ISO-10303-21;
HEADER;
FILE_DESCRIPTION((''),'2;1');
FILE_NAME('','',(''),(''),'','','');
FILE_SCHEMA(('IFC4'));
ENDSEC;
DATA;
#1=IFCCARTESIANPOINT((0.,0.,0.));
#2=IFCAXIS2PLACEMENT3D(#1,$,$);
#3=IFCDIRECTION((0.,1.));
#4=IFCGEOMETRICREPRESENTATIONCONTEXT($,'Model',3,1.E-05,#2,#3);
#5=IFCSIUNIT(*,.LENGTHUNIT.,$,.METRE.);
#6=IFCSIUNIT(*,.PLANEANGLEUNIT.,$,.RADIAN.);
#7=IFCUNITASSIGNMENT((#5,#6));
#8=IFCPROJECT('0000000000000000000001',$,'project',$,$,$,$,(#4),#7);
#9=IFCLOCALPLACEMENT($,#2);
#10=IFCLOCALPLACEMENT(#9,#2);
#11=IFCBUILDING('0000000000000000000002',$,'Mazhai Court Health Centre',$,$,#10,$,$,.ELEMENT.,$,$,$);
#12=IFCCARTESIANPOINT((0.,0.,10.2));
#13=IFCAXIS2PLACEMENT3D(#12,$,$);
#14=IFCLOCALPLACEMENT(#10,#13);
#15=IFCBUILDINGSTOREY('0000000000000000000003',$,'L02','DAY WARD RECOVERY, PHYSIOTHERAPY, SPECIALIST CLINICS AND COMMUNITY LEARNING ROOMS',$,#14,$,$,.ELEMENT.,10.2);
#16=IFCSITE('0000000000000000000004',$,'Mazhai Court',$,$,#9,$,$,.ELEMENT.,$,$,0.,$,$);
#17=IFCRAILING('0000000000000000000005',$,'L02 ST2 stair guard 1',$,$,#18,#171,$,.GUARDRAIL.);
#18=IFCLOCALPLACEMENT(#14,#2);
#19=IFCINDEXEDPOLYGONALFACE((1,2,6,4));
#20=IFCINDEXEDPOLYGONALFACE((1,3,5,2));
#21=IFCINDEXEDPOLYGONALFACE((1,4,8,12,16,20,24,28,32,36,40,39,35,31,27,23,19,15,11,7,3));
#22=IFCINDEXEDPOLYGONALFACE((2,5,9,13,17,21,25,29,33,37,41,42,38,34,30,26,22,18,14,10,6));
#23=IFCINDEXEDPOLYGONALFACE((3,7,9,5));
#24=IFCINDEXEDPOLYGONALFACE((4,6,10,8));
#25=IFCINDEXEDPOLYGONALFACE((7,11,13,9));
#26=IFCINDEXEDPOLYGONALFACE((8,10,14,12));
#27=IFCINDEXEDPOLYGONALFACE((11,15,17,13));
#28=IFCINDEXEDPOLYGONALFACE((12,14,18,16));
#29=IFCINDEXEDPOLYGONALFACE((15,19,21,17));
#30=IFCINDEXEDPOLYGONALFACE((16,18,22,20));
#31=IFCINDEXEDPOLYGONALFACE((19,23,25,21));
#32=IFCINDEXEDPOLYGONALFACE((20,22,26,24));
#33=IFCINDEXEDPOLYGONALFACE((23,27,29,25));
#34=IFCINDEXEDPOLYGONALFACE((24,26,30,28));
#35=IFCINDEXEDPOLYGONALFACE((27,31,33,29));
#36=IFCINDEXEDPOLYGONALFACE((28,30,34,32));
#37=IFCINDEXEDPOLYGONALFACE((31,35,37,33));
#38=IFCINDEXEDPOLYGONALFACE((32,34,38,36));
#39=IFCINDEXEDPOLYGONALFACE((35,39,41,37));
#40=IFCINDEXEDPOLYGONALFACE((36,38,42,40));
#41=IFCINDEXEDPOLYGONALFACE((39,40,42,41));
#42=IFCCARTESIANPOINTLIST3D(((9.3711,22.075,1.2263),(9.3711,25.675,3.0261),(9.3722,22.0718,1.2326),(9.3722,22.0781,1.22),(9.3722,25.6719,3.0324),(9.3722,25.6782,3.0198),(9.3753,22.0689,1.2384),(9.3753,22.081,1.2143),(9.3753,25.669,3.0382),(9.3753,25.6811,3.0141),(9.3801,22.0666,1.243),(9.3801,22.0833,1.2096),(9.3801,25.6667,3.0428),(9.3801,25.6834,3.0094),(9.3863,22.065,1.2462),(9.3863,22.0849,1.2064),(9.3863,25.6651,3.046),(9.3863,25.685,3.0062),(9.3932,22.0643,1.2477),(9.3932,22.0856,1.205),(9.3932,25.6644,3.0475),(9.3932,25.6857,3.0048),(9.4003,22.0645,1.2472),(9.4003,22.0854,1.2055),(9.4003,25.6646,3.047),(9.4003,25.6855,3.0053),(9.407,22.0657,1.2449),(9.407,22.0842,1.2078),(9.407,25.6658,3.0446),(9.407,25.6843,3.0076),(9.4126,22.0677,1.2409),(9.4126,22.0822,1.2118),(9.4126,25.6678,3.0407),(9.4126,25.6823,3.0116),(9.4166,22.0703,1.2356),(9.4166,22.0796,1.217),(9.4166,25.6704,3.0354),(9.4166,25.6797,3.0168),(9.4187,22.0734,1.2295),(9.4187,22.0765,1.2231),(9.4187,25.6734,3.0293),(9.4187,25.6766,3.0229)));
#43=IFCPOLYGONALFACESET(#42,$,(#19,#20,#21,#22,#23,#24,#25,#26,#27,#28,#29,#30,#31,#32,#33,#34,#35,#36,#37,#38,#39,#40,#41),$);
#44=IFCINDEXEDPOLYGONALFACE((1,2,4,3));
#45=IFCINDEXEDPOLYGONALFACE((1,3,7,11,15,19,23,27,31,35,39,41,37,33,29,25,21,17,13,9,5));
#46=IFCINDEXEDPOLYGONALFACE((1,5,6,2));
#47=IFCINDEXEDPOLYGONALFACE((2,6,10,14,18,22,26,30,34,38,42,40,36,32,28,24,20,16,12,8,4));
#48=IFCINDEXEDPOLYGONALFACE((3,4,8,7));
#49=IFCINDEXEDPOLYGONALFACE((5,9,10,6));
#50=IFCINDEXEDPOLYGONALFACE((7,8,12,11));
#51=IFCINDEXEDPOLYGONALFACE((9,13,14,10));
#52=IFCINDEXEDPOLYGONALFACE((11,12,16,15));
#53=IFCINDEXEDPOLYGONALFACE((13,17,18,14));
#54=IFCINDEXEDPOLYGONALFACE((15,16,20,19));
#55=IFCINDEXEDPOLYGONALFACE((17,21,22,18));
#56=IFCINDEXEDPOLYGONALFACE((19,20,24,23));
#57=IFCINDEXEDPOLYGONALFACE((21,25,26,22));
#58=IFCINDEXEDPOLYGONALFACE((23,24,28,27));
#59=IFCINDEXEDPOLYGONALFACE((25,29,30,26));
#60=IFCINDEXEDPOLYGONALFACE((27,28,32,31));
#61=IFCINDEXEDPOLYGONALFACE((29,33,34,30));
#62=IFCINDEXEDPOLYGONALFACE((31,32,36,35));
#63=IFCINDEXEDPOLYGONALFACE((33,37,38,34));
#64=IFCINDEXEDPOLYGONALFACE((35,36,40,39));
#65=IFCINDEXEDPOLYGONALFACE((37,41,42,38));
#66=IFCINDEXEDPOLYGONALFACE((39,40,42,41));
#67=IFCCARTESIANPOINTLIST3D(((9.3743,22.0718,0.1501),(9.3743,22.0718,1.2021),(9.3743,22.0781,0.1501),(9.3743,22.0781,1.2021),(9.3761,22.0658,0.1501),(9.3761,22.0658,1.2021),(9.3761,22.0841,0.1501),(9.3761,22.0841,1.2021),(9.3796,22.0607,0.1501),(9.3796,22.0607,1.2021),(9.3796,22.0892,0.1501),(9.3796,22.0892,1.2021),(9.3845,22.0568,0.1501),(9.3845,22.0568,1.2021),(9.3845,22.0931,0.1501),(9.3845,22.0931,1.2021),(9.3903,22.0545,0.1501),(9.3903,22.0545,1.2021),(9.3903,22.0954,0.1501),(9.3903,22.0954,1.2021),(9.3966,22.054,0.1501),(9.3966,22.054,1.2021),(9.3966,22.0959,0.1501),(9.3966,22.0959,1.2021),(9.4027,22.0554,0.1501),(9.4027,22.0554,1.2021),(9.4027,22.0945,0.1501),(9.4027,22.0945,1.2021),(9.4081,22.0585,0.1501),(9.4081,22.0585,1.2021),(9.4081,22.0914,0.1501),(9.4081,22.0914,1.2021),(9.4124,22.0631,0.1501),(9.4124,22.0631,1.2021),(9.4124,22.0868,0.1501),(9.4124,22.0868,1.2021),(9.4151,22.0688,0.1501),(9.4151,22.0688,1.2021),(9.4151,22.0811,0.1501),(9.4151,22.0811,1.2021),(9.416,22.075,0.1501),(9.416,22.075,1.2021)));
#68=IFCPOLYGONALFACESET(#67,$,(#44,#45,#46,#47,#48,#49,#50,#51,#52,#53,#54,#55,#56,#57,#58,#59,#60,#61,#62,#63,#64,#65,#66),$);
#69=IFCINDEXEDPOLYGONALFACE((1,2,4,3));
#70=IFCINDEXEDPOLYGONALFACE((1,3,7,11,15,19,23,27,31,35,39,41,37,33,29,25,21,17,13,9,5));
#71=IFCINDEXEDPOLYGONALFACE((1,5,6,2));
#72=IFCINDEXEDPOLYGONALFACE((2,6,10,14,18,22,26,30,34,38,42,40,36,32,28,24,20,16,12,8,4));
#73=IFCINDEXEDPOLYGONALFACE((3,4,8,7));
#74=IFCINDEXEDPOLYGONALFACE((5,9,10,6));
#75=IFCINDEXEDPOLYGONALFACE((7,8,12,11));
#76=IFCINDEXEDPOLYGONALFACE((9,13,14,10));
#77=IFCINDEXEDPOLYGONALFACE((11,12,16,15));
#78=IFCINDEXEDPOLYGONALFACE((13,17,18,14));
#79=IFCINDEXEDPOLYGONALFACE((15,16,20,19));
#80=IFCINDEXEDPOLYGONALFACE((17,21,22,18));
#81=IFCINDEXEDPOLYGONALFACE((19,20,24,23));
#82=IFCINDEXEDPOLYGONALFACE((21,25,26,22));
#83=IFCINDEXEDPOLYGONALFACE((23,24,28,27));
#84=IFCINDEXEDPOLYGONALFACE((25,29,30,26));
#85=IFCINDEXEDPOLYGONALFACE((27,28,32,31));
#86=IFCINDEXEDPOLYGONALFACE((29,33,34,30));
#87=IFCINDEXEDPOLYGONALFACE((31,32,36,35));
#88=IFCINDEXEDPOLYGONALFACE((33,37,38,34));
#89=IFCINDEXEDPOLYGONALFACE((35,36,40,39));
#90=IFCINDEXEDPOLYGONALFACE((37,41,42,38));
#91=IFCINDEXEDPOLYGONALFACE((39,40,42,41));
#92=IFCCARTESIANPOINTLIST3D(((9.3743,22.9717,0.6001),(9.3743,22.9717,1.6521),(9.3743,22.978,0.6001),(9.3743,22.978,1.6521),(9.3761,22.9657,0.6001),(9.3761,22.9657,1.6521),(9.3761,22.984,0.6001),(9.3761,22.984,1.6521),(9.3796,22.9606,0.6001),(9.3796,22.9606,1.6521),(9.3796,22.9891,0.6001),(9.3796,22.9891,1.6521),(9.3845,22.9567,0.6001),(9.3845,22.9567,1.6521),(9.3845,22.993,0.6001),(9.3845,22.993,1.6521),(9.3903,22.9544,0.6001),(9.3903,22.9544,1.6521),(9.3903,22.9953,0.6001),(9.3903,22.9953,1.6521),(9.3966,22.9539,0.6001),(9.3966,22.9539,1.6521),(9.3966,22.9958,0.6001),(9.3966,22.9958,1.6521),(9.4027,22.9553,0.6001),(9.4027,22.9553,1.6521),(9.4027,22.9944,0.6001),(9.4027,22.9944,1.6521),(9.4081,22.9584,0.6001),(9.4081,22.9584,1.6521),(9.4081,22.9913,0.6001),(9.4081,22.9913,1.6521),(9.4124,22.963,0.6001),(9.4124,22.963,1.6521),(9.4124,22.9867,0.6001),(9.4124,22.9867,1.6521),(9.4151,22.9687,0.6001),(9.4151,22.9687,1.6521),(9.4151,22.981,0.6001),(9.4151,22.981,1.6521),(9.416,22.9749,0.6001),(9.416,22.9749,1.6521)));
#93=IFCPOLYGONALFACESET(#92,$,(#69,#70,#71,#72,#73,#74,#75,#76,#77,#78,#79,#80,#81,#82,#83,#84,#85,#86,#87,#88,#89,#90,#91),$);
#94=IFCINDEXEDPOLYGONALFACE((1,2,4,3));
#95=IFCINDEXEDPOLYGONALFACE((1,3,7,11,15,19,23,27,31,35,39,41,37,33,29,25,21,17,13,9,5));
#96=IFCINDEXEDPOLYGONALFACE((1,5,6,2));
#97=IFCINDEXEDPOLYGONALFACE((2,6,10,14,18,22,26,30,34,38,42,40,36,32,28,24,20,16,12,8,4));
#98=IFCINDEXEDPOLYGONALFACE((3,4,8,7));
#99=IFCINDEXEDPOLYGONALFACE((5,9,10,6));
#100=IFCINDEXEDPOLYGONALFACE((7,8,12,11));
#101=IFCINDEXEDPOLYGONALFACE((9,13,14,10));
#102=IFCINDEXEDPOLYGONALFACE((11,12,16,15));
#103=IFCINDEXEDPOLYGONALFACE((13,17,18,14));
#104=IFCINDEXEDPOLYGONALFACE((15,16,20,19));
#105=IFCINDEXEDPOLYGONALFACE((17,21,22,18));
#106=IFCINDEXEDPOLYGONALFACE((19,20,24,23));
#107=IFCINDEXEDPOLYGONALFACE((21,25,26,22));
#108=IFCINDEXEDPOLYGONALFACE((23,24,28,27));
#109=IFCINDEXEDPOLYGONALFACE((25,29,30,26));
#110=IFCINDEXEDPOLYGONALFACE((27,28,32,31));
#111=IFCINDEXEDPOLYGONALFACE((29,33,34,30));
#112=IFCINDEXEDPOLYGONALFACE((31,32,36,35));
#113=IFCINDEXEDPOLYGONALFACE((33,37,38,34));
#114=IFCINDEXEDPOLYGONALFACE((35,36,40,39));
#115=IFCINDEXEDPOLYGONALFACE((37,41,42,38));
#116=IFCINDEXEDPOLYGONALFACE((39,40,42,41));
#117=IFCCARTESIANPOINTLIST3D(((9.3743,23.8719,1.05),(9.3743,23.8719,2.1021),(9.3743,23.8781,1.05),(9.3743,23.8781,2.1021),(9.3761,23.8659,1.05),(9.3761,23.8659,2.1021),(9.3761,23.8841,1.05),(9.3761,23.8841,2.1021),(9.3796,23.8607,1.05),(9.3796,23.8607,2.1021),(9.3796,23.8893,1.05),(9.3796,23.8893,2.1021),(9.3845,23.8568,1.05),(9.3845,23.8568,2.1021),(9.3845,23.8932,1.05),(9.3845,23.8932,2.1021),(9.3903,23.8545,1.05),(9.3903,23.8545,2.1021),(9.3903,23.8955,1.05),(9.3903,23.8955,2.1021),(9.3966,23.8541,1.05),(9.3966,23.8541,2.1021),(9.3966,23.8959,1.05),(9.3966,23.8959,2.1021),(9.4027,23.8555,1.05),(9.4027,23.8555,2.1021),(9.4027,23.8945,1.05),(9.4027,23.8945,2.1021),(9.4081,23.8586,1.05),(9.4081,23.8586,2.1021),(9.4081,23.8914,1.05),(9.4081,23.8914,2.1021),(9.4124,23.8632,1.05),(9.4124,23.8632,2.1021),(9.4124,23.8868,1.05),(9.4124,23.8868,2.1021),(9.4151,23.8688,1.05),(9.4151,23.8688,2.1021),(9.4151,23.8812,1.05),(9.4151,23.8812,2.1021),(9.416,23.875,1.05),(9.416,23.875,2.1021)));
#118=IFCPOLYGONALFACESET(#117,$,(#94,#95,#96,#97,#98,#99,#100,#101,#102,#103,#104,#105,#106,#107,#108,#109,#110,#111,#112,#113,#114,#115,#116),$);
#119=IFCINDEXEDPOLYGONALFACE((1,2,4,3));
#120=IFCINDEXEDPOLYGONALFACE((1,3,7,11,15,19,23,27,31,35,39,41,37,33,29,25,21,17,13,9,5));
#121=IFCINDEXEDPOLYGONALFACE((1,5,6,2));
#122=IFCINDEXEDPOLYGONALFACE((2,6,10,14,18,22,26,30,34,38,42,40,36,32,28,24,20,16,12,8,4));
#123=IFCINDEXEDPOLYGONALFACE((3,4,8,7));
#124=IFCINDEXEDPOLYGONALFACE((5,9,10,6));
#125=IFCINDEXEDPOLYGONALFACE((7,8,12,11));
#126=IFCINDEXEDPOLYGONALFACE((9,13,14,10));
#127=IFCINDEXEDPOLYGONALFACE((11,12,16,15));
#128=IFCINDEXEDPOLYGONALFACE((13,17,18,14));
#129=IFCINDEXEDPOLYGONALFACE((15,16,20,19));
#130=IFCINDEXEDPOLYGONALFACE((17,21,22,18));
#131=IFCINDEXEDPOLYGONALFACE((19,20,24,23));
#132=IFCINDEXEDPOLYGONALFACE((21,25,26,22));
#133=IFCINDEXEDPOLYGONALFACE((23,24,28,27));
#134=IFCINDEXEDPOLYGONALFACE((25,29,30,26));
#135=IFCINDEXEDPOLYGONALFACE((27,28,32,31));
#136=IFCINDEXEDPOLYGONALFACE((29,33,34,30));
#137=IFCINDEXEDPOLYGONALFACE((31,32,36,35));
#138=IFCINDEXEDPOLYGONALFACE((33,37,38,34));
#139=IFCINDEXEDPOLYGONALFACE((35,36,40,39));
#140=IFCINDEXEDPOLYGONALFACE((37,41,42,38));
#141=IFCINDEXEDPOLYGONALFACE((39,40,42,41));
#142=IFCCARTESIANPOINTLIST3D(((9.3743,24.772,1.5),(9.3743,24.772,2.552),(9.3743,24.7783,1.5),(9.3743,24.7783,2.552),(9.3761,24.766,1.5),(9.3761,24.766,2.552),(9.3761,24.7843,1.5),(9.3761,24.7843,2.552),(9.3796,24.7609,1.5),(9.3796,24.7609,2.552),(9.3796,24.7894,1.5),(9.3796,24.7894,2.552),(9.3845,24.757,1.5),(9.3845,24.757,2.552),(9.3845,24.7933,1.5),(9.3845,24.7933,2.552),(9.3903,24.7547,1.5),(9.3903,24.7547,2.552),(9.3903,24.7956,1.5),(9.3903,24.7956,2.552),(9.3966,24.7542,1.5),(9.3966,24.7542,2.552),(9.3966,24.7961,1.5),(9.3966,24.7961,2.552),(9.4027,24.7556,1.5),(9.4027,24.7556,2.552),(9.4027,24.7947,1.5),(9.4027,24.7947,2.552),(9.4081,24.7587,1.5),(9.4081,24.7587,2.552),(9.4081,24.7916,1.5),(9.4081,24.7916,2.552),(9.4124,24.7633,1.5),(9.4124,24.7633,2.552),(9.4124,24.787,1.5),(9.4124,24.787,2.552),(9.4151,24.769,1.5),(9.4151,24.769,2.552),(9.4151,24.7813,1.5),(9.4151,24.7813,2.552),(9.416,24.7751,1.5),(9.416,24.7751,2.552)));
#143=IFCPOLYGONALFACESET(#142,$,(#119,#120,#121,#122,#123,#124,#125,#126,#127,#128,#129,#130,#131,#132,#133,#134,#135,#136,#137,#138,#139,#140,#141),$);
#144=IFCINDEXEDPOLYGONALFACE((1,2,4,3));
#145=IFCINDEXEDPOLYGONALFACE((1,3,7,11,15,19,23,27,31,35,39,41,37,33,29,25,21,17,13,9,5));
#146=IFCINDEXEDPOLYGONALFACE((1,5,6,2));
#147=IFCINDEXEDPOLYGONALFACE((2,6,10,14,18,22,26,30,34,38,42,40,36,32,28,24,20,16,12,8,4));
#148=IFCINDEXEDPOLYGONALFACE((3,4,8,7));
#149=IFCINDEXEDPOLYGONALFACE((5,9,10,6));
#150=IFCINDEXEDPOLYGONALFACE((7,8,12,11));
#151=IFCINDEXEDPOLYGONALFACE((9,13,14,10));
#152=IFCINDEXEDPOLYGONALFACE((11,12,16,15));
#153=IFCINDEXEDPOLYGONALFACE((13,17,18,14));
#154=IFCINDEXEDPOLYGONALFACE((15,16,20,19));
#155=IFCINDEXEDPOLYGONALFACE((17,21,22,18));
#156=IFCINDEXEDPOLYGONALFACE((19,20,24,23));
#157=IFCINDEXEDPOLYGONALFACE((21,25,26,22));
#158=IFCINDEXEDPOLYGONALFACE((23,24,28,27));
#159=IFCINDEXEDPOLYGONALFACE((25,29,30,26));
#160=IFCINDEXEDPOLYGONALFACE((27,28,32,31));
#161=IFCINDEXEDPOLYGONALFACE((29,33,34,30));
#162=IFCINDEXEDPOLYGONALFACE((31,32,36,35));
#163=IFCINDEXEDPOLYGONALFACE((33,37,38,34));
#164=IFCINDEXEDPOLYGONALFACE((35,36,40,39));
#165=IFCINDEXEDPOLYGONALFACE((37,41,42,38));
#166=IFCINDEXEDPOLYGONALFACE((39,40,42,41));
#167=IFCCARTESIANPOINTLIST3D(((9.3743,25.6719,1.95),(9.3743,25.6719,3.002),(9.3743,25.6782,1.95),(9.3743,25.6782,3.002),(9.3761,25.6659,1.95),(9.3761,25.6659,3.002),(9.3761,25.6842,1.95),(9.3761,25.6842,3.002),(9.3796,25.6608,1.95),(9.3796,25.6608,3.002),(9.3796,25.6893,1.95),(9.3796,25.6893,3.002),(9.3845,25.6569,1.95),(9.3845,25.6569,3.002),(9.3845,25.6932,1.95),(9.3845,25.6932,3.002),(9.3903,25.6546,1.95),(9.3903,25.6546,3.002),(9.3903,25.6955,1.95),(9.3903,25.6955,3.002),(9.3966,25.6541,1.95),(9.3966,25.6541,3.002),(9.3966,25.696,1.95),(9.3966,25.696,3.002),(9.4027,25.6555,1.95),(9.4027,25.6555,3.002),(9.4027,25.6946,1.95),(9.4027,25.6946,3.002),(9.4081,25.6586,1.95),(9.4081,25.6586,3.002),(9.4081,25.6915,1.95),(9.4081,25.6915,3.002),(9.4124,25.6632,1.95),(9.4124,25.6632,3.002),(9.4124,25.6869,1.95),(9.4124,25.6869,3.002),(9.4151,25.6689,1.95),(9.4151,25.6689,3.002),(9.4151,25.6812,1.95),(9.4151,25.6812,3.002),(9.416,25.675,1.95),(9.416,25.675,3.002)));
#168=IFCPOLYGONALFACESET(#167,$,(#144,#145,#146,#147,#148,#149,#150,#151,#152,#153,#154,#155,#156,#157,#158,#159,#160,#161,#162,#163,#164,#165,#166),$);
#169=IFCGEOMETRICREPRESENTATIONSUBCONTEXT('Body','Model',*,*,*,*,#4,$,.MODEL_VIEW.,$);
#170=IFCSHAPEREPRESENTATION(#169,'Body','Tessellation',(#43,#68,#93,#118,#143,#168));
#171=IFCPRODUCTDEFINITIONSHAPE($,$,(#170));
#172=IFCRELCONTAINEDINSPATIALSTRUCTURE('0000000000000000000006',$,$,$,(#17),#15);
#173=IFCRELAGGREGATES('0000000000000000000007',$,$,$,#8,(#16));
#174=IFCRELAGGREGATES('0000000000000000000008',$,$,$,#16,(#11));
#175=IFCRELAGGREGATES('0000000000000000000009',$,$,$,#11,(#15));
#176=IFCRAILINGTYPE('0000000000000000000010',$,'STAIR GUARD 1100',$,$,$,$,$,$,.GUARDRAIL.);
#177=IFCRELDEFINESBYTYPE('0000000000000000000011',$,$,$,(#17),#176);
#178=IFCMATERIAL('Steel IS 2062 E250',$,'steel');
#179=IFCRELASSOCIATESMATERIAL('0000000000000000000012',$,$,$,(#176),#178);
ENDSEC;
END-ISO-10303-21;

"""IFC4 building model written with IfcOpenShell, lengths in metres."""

from ifc_helpers import new_model, si_unit, direction, frame, origin, origin_2d, place, context, subcontext, project, spatial, circle, extrude, material, type_object, element, save


model = new_model("IFC4")

# Units and contexts
model_context = context("Model", 3, precision=1e-05, world=origin(), true_north=direction((0.0, 1.0)))
body_context = subcontext(model_context, "Body", "Model", "MODEL_VIEW")
ifc_project = project(units=[si_unit("LENGTHUNIT", "METRE"), si_unit("PLANEANGLEUNIT", "RADIAN")], contexts=[model_context])

# Site, building, storey
site_placement = place(None, origin())
site = spatial("IfcSite", under=ifc_project, at=site_placement, Name="Mazhai Court", CompositionType="ELEMENT", RefElevation=0.0)
building_placement = place(site_placement, origin())
building = spatial("IfcBuilding", under=site, at=building_placement, Name="Mazhai Court Health Centre", CompositionType="ELEMENT")
storey_placement = place(building_placement, frame((0.0, 0.0, 10.2)))
storey = spatial("IfcBuildingStorey", under=building, at=storey_placement, Name="L02", Description="DAY WARD RECOVERY, PHYSIOTHERAPY, SPECIALIST CLINICS AND COMMUNITY LEARNING ROOMS", CompositionType="ELEMENT", Elevation=10.2)

# Railing
ifc_material_1 = material(Name="Steel IS 2062 E250", Category="steel")
railing_type_1 = type_object("IfcRailingType", Name="STAIR GUARD 1100", PredefinedType="GUARDRAIL", material=ifc_material_1)
railing_1_placement = place(storey_placement, frame((9.395, 22.075, 0.1501)))
element("IfcRailing", 1, at=railing_1_placement, inside=storey, type_object=railing_type_1, Name="L02 ST2 stair guard 1", PredefinedType="GUARDRAIL", context=body_context, shape_type="SweptSolid", body=[
    extrude(circle(Radius=0.0239, at=origin_2d()), frame((0.0, 0.0, 1.0762), z_axis=(0.0, 0.894451, 0.447165), x_axis=(-1.0, 0.0, 0.0)), (0.0, 0.0, 1.0), 4.0249),
    extrude(circle(Radius=0.021, at=origin_2d()), origin(), (0.0, 0.0, 1.0), 1.052),
    extrude(circle(Radius=0.021, at=origin_2d()), frame((0.0, 0.8999, 0.45)), (0.0, 0.0, 1.0), 1.052),
    extrude(circle(Radius=0.021, at=origin_2d()), frame((0.0, 1.8, 0.8999)), (0.0, 0.0, 1.0), 1.052),
    extrude(circle(Radius=0.021, at=origin_2d()), frame((0.0, 2.7002, 1.3499)), (0.0, 0.0, 1.0), 1.052),
    extrude(circle(Radius=0.021, at=origin_2d()), frame((0.0, 3.6001, 1.7998)), (0.0, 0.0, 1.0), 1.052),
])

save(model, "model.ifc")
